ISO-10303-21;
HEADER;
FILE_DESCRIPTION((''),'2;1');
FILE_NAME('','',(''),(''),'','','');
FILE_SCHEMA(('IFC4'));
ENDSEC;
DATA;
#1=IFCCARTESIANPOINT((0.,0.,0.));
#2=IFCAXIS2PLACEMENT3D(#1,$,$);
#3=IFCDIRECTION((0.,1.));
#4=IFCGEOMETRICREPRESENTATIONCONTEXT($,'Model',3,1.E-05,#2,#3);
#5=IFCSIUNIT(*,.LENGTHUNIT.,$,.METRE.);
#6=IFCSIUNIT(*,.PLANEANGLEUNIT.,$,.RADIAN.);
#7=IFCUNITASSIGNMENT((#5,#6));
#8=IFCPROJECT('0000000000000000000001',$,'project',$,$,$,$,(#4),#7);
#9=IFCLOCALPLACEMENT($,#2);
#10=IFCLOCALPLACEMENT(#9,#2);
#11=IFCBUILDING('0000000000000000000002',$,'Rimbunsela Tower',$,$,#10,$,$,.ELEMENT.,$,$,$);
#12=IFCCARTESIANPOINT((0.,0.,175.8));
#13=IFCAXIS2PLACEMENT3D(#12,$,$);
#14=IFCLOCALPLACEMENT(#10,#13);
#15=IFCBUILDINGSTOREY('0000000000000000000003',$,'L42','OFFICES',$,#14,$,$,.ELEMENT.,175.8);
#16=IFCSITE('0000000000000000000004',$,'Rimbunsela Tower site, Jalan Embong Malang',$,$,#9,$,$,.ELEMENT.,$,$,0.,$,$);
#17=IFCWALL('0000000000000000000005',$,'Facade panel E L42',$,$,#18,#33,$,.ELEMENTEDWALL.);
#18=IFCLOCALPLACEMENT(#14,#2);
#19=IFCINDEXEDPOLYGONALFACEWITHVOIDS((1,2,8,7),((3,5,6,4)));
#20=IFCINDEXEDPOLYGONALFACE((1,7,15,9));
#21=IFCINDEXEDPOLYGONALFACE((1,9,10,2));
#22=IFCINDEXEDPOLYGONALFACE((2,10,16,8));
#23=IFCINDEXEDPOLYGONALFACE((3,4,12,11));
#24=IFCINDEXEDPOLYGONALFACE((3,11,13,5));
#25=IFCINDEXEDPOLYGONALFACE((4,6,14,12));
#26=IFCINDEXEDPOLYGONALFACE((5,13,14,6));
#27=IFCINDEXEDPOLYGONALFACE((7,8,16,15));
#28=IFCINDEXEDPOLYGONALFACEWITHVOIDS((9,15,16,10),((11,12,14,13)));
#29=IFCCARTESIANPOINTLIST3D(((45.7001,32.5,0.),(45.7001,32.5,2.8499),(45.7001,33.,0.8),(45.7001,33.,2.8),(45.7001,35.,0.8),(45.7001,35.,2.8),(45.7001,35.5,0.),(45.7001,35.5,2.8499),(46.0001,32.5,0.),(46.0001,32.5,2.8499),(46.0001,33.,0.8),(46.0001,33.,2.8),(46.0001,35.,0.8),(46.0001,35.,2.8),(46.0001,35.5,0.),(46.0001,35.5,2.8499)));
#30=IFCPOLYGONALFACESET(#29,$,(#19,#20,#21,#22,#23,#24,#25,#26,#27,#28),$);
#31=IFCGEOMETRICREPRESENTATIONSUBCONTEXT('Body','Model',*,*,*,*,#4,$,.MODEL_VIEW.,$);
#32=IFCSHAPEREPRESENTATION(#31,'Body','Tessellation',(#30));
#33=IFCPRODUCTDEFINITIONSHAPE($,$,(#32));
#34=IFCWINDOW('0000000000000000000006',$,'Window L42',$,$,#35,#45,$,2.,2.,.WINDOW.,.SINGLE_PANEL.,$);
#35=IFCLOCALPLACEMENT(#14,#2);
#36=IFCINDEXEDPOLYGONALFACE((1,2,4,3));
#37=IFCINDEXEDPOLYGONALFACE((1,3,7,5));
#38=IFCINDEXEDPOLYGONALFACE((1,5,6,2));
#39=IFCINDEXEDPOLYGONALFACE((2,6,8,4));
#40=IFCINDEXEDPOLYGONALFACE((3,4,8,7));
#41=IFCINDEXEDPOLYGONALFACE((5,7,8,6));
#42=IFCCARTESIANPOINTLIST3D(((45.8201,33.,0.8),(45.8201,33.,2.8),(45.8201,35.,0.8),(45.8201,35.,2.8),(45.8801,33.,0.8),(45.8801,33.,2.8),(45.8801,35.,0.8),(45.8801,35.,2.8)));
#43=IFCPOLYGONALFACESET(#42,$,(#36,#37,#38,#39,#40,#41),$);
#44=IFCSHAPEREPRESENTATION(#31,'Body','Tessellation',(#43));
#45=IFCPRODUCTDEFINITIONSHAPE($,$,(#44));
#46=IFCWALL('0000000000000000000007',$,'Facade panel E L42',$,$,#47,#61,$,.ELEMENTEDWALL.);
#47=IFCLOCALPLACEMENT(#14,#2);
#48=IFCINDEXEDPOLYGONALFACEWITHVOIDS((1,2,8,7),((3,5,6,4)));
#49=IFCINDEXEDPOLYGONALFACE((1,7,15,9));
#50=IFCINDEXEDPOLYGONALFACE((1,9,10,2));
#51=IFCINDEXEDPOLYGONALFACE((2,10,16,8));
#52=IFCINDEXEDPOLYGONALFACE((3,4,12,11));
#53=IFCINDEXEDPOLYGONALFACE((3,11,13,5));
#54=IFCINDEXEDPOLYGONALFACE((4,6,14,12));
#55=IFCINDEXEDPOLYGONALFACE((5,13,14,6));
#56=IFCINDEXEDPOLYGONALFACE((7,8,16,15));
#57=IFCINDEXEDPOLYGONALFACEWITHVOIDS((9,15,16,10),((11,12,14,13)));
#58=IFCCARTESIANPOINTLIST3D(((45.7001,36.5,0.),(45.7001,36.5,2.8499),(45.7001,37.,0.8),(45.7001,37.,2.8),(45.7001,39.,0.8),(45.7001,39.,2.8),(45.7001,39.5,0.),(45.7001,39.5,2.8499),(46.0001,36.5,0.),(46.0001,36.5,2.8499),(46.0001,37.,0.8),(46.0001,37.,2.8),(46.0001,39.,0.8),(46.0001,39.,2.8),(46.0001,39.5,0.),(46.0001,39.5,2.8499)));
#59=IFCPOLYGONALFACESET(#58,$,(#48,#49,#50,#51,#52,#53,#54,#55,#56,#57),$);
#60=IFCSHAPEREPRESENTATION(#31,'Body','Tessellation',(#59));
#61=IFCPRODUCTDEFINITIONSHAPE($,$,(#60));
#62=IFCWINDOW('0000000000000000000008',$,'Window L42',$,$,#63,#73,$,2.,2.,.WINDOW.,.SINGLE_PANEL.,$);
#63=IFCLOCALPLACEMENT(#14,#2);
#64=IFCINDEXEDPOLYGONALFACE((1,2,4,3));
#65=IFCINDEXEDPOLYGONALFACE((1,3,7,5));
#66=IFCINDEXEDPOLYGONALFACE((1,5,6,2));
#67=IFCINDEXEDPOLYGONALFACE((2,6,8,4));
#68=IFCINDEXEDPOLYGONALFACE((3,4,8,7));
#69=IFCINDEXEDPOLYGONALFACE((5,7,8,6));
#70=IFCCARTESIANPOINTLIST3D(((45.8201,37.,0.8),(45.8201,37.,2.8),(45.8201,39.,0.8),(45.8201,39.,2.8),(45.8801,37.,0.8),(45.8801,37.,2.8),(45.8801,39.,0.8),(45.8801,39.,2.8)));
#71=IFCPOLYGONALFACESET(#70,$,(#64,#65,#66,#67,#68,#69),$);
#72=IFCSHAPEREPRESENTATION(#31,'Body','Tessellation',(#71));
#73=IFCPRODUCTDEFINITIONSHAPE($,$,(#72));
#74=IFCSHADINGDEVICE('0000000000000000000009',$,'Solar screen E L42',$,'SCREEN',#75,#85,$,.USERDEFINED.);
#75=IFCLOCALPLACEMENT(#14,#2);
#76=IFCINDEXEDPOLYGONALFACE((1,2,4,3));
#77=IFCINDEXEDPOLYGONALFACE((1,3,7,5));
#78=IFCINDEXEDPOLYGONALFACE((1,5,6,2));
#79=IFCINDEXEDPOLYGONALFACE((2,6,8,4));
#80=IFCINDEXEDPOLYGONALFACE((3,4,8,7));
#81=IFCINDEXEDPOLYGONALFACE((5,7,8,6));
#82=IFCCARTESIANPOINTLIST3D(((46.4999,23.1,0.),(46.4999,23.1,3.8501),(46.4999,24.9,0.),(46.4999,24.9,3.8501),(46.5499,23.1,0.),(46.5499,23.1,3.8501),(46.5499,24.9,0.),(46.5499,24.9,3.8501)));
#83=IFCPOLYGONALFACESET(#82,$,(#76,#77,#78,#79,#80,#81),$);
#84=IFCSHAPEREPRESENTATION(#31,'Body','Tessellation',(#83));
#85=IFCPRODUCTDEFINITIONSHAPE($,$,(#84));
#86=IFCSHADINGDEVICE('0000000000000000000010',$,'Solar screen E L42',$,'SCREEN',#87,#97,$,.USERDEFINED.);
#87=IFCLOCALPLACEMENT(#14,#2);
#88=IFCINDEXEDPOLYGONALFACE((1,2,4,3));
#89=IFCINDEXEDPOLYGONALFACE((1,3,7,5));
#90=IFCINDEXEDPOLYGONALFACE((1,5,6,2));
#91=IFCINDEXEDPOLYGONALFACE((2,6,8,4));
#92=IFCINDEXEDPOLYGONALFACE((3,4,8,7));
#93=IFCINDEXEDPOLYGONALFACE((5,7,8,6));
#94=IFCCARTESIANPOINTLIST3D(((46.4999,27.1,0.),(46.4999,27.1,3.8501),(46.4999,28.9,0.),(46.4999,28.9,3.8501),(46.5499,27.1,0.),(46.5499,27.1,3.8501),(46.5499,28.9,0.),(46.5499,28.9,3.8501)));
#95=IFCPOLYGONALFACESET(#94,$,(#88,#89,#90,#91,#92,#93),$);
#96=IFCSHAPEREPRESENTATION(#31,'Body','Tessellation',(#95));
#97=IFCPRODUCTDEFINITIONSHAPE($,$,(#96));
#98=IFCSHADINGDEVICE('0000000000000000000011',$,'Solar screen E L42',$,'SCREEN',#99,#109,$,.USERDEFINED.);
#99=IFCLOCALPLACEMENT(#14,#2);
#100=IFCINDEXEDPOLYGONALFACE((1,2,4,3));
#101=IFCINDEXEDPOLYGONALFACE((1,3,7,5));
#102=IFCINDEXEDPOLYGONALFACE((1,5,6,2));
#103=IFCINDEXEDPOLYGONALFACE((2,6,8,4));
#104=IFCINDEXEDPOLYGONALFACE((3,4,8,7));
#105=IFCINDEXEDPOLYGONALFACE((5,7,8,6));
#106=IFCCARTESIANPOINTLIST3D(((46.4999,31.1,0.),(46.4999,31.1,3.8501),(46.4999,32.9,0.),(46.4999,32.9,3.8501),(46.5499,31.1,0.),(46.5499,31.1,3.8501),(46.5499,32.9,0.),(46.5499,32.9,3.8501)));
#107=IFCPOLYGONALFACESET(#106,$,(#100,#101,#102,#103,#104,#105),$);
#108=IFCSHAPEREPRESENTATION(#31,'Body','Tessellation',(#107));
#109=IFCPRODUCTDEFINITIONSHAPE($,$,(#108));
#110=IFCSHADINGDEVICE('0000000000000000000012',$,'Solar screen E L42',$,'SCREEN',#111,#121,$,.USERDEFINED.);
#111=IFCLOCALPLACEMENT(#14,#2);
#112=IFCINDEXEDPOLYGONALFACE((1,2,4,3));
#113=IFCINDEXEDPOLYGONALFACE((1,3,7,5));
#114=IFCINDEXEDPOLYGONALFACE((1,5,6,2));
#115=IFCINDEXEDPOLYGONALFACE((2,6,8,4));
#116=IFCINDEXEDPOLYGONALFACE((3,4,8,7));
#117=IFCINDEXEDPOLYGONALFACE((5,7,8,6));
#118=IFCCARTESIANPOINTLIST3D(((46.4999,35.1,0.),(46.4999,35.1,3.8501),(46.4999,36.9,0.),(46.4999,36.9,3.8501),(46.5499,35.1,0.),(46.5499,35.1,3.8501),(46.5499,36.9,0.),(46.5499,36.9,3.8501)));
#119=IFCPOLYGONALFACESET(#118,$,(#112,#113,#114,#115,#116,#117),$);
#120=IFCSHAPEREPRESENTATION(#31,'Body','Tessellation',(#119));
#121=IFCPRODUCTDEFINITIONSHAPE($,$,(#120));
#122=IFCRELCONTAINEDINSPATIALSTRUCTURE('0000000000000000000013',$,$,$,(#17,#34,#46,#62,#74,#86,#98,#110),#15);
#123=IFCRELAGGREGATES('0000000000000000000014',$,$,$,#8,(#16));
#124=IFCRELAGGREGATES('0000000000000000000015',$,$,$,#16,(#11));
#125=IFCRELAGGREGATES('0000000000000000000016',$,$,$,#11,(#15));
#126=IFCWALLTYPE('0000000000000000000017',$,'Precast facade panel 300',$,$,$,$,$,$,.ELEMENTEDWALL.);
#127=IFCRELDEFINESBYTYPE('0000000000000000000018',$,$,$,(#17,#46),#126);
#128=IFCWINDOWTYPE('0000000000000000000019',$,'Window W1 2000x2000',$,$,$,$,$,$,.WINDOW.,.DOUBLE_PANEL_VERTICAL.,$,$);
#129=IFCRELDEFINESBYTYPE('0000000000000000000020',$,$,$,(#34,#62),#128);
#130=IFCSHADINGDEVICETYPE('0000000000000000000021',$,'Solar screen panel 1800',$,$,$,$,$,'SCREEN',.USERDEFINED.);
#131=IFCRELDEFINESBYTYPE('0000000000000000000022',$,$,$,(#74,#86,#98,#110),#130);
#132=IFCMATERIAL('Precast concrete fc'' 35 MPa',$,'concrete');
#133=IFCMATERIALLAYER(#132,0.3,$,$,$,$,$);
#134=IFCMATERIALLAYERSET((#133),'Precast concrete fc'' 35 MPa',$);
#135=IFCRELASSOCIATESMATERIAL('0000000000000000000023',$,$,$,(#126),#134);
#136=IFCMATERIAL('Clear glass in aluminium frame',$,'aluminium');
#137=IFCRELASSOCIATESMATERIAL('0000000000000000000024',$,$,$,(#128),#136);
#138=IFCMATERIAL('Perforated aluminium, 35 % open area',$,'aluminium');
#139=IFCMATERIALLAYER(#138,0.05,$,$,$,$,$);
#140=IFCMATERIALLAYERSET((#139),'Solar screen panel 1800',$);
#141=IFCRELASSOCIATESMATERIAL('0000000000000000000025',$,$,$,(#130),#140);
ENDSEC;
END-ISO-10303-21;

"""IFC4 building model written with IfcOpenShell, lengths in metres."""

from ifc_helpers import new_model, si_unit, direction, frame, frame_2d, origin, origin_2d, place, context, subcontext, project, spatial, rectangle, extrude, material, layer, layer_set, type_object, element, fill, save


model = new_model("IFC4")

# Units and contexts
model_context = context("Model", 3, precision=1e-05, world=origin(), true_north=direction((0.0, 1.0)))
body_context = subcontext(model_context, "Body", "Model", "MODEL_VIEW")
ifc_project = project(units=[si_unit("LENGTHUNIT", "METRE"), si_unit("PLANEANGLEUNIT", "RADIAN")], contexts=[model_context])

# Site, building, storey
site_placement = place(None, origin())
site = spatial("IfcSite", under=ifc_project, at=site_placement, Name="Rimbunsela Tower site, Jalan Embong Malang", CompositionType="ELEMENT", RefElevation=0.0)
building_placement = place(site_placement, origin())
building = spatial("IfcBuilding", under=site, at=building_placement, Name="Rimbunsela Tower", CompositionType="ELEMENT")
storey_placement = place(building_placement, frame((0.0, 0.0, 175.8)))
storey = spatial("IfcBuildingStorey", under=building, at=storey_placement, Name="L42", Description="OFFICES", CompositionType="ELEMENT", Elevation=175.8)

# Walls, openings, windows
ifc_material_1 = material(Name="Precast concrete fc' 35 MPa", Category="concrete")
ifc_layer_1 = layer(ifc_material_1, 0.3)
ifc_layer_set_1 = layer_set([ifc_layer_1], Name="Precast concrete fc' 35 MPa")
wall_type_1 = type_object("IfcWallType", Name="Precast facade panel 300", PredefinedType="ELEMENTEDWALL", material=ifc_layer_set_1)
ifc_material_2 = material(Name="Clear glass in aluminium frame", Category="aluminium")
window_type = type_object("IfcWindowType", Name="Window W1 2000x2000", PartitioningType="DOUBLE_PANEL_VERTICAL", PredefinedType="WINDOW", material=ifc_material_2)
wall_1_placement = place(storey_placement, frame((45.8501, 32.5, 0.0), z_axis=(0.0, 0.0, 1.0), x_axis=(0.0, 1.0, 0.0)))
wall_1 = element("IfcWall", 1, at=wall_1_placement, inside=storey, type_object=wall_type_1, Name="Facade panel E L42", PredefinedType="ELEMENTEDWALL", context=body_context, shape_type="SweptSolid", body=[
    extrude(rectangle(XDim=3.0, YDim=0.3, at=frame_2d((1.5, 0.0))), origin(), (0.0, 0.0, 1.0), 2.8499),
])
opening_1_placement = place(wall_1_placement, frame((0.5, 0.0, 0.8)))
opening_1 = element("IfcOpeningElement", 2, at=opening_1_placement, cuts=wall_1, PredefinedType="OPENING", context=body_context, shape_type="SweptSolid", body=[
    extrude(rectangle(XDim=2.0, YDim=2.0, at=frame_2d((1.0, 1.0))), frame((0.0, 0.1599, 0.0), z_axis=(0.0, -1.0, 0.0), x_axis=(1.0, 0.0, 0.0)), (0.0, 0.0, 1.0), 0.3201),
])
window_1_placement = place(opening_1_placement, origin())
window_1 = element("IfcWindow", 3, at=window_1_placement, inside=storey, type_object=window_type, Name="Window L42", OverallHeight=2.0, OverallWidth=2.0, PartitioningType="SINGLE_PANEL", PredefinedType="WINDOW", context=body_context, shape_type="SweptSolid", body=[
    extrude(rectangle(XDim=2.0, YDim=2.0, at=frame_2d((1.0, 1.0))), frame((0.0, 0.03, 0.0), z_axis=(0.0, -1.0, 0.0), x_axis=(1.0, 0.0, 0.0)), (0.0, 0.0, 1.0), 0.0601),
])
fill(opening_1, window_1)
wall_2_placement = place(storey_placement, frame((45.8501, 36.5, 0.0), z_axis=(0.0, 0.0, 1.0), x_axis=(0.0, 1.0, 0.0)))
wall_2 = element("IfcWall", 4, at=wall_2_placement, inside=storey, type_object=wall_type_1, Name="Facade panel E L42", PredefinedType="ELEMENTEDWALL", context=body_context, shape_type="SweptSolid", body=[
    extrude(rectangle(XDim=3.0, YDim=0.3, at=frame_2d((1.5, 0.0))), origin(), (0.0, 0.0, 1.0), 2.8499),
])
opening_2_placement = place(wall_2_placement, frame((0.5, 0.0, 0.8)))
opening_2 = element("IfcOpeningElement", 5, at=opening_2_placement, cuts=wall_2, PredefinedType="OPENING", context=body_context, shape_type="SweptSolid", body=[
    extrude(rectangle(XDim=2.0, YDim=2.0, at=frame_2d((1.0, 1.0))), frame((0.0, 0.1599, 0.0), z_axis=(0.0, -1.0, 0.0), x_axis=(1.0, 0.0, 0.0)), (0.0, 0.0, 1.0), 0.3201),
])
window_2_placement = place(opening_2_placement, origin())
window_2 = element("IfcWindow", 6, at=window_2_placement, inside=storey, type_object=window_type, Name="Window L42", OverallHeight=2.0, OverallWidth=2.0, PartitioningType="SINGLE_PANEL", PredefinedType="WINDOW", context=body_context, shape_type="SweptSolid", body=[
    extrude(rectangle(XDim=2.0, YDim=2.0, at=frame_2d((1.0, 1.0))), frame((0.0, 0.03, 0.0), z_axis=(0.0, -1.0, 0.0), x_axis=(1.0, 0.0, 0.0)), (0.0, 0.0, 1.0), 0.0601),
])
fill(opening_2, window_2)

# Shading devices
ifc_material_3 = material(Name="Perforated aluminium, 35 % open area", Category="aluminium")
ifc_layer_2 = layer(ifc_material_3, 0.05)
ifc_layer_set_2 = layer_set([ifc_layer_2], Name="Solar screen panel 1800")
shading_device_type = type_object("IfcShadingDeviceType", Name="Solar screen panel 1800", ElementType="SCREEN", PredefinedType="USERDEFINED", material=ifc_layer_set_2)
for number, where, z_axis, x_axis, name in (
    (7, (46.5249, 24.0, 0.0), (0.0, 0.0, 1.0), (0.0, 1.0, 0.0), "Solar screen E L42"),
    (8, (46.5249, 28.0, 0.0), (0.0, 0.0, 1.0), (0.0, 1.0, 0.0), "Solar screen E L42"),
    (9, (46.5249, 32.0, 0.0), (0.0, 0.0, 1.0), (0.0, 1.0, 0.0), "Solar screen E L42"),
    (10, (46.5249, 36.0, 0.0), (0.0, 0.0, 1.0), (0.0, 1.0, 0.0), "Solar screen E L42"),
):
    element("IfcShadingDevice", number, at=place(storey_placement, frame(where, z_axis=z_axis, x_axis=x_axis)), inside=storey, type_object=shading_device_type, Name=name, ObjectType="SCREEN", PredefinedType="USERDEFINED", context=body_context, shape_type="SweptSolid", body=[
        extrude(rectangle(XDim=1.8, YDim=0.05, at=origin_2d()), origin(), (0.0, 0.0, 1.0), 3.8501),
    ])

save(model, "model.ifc")
